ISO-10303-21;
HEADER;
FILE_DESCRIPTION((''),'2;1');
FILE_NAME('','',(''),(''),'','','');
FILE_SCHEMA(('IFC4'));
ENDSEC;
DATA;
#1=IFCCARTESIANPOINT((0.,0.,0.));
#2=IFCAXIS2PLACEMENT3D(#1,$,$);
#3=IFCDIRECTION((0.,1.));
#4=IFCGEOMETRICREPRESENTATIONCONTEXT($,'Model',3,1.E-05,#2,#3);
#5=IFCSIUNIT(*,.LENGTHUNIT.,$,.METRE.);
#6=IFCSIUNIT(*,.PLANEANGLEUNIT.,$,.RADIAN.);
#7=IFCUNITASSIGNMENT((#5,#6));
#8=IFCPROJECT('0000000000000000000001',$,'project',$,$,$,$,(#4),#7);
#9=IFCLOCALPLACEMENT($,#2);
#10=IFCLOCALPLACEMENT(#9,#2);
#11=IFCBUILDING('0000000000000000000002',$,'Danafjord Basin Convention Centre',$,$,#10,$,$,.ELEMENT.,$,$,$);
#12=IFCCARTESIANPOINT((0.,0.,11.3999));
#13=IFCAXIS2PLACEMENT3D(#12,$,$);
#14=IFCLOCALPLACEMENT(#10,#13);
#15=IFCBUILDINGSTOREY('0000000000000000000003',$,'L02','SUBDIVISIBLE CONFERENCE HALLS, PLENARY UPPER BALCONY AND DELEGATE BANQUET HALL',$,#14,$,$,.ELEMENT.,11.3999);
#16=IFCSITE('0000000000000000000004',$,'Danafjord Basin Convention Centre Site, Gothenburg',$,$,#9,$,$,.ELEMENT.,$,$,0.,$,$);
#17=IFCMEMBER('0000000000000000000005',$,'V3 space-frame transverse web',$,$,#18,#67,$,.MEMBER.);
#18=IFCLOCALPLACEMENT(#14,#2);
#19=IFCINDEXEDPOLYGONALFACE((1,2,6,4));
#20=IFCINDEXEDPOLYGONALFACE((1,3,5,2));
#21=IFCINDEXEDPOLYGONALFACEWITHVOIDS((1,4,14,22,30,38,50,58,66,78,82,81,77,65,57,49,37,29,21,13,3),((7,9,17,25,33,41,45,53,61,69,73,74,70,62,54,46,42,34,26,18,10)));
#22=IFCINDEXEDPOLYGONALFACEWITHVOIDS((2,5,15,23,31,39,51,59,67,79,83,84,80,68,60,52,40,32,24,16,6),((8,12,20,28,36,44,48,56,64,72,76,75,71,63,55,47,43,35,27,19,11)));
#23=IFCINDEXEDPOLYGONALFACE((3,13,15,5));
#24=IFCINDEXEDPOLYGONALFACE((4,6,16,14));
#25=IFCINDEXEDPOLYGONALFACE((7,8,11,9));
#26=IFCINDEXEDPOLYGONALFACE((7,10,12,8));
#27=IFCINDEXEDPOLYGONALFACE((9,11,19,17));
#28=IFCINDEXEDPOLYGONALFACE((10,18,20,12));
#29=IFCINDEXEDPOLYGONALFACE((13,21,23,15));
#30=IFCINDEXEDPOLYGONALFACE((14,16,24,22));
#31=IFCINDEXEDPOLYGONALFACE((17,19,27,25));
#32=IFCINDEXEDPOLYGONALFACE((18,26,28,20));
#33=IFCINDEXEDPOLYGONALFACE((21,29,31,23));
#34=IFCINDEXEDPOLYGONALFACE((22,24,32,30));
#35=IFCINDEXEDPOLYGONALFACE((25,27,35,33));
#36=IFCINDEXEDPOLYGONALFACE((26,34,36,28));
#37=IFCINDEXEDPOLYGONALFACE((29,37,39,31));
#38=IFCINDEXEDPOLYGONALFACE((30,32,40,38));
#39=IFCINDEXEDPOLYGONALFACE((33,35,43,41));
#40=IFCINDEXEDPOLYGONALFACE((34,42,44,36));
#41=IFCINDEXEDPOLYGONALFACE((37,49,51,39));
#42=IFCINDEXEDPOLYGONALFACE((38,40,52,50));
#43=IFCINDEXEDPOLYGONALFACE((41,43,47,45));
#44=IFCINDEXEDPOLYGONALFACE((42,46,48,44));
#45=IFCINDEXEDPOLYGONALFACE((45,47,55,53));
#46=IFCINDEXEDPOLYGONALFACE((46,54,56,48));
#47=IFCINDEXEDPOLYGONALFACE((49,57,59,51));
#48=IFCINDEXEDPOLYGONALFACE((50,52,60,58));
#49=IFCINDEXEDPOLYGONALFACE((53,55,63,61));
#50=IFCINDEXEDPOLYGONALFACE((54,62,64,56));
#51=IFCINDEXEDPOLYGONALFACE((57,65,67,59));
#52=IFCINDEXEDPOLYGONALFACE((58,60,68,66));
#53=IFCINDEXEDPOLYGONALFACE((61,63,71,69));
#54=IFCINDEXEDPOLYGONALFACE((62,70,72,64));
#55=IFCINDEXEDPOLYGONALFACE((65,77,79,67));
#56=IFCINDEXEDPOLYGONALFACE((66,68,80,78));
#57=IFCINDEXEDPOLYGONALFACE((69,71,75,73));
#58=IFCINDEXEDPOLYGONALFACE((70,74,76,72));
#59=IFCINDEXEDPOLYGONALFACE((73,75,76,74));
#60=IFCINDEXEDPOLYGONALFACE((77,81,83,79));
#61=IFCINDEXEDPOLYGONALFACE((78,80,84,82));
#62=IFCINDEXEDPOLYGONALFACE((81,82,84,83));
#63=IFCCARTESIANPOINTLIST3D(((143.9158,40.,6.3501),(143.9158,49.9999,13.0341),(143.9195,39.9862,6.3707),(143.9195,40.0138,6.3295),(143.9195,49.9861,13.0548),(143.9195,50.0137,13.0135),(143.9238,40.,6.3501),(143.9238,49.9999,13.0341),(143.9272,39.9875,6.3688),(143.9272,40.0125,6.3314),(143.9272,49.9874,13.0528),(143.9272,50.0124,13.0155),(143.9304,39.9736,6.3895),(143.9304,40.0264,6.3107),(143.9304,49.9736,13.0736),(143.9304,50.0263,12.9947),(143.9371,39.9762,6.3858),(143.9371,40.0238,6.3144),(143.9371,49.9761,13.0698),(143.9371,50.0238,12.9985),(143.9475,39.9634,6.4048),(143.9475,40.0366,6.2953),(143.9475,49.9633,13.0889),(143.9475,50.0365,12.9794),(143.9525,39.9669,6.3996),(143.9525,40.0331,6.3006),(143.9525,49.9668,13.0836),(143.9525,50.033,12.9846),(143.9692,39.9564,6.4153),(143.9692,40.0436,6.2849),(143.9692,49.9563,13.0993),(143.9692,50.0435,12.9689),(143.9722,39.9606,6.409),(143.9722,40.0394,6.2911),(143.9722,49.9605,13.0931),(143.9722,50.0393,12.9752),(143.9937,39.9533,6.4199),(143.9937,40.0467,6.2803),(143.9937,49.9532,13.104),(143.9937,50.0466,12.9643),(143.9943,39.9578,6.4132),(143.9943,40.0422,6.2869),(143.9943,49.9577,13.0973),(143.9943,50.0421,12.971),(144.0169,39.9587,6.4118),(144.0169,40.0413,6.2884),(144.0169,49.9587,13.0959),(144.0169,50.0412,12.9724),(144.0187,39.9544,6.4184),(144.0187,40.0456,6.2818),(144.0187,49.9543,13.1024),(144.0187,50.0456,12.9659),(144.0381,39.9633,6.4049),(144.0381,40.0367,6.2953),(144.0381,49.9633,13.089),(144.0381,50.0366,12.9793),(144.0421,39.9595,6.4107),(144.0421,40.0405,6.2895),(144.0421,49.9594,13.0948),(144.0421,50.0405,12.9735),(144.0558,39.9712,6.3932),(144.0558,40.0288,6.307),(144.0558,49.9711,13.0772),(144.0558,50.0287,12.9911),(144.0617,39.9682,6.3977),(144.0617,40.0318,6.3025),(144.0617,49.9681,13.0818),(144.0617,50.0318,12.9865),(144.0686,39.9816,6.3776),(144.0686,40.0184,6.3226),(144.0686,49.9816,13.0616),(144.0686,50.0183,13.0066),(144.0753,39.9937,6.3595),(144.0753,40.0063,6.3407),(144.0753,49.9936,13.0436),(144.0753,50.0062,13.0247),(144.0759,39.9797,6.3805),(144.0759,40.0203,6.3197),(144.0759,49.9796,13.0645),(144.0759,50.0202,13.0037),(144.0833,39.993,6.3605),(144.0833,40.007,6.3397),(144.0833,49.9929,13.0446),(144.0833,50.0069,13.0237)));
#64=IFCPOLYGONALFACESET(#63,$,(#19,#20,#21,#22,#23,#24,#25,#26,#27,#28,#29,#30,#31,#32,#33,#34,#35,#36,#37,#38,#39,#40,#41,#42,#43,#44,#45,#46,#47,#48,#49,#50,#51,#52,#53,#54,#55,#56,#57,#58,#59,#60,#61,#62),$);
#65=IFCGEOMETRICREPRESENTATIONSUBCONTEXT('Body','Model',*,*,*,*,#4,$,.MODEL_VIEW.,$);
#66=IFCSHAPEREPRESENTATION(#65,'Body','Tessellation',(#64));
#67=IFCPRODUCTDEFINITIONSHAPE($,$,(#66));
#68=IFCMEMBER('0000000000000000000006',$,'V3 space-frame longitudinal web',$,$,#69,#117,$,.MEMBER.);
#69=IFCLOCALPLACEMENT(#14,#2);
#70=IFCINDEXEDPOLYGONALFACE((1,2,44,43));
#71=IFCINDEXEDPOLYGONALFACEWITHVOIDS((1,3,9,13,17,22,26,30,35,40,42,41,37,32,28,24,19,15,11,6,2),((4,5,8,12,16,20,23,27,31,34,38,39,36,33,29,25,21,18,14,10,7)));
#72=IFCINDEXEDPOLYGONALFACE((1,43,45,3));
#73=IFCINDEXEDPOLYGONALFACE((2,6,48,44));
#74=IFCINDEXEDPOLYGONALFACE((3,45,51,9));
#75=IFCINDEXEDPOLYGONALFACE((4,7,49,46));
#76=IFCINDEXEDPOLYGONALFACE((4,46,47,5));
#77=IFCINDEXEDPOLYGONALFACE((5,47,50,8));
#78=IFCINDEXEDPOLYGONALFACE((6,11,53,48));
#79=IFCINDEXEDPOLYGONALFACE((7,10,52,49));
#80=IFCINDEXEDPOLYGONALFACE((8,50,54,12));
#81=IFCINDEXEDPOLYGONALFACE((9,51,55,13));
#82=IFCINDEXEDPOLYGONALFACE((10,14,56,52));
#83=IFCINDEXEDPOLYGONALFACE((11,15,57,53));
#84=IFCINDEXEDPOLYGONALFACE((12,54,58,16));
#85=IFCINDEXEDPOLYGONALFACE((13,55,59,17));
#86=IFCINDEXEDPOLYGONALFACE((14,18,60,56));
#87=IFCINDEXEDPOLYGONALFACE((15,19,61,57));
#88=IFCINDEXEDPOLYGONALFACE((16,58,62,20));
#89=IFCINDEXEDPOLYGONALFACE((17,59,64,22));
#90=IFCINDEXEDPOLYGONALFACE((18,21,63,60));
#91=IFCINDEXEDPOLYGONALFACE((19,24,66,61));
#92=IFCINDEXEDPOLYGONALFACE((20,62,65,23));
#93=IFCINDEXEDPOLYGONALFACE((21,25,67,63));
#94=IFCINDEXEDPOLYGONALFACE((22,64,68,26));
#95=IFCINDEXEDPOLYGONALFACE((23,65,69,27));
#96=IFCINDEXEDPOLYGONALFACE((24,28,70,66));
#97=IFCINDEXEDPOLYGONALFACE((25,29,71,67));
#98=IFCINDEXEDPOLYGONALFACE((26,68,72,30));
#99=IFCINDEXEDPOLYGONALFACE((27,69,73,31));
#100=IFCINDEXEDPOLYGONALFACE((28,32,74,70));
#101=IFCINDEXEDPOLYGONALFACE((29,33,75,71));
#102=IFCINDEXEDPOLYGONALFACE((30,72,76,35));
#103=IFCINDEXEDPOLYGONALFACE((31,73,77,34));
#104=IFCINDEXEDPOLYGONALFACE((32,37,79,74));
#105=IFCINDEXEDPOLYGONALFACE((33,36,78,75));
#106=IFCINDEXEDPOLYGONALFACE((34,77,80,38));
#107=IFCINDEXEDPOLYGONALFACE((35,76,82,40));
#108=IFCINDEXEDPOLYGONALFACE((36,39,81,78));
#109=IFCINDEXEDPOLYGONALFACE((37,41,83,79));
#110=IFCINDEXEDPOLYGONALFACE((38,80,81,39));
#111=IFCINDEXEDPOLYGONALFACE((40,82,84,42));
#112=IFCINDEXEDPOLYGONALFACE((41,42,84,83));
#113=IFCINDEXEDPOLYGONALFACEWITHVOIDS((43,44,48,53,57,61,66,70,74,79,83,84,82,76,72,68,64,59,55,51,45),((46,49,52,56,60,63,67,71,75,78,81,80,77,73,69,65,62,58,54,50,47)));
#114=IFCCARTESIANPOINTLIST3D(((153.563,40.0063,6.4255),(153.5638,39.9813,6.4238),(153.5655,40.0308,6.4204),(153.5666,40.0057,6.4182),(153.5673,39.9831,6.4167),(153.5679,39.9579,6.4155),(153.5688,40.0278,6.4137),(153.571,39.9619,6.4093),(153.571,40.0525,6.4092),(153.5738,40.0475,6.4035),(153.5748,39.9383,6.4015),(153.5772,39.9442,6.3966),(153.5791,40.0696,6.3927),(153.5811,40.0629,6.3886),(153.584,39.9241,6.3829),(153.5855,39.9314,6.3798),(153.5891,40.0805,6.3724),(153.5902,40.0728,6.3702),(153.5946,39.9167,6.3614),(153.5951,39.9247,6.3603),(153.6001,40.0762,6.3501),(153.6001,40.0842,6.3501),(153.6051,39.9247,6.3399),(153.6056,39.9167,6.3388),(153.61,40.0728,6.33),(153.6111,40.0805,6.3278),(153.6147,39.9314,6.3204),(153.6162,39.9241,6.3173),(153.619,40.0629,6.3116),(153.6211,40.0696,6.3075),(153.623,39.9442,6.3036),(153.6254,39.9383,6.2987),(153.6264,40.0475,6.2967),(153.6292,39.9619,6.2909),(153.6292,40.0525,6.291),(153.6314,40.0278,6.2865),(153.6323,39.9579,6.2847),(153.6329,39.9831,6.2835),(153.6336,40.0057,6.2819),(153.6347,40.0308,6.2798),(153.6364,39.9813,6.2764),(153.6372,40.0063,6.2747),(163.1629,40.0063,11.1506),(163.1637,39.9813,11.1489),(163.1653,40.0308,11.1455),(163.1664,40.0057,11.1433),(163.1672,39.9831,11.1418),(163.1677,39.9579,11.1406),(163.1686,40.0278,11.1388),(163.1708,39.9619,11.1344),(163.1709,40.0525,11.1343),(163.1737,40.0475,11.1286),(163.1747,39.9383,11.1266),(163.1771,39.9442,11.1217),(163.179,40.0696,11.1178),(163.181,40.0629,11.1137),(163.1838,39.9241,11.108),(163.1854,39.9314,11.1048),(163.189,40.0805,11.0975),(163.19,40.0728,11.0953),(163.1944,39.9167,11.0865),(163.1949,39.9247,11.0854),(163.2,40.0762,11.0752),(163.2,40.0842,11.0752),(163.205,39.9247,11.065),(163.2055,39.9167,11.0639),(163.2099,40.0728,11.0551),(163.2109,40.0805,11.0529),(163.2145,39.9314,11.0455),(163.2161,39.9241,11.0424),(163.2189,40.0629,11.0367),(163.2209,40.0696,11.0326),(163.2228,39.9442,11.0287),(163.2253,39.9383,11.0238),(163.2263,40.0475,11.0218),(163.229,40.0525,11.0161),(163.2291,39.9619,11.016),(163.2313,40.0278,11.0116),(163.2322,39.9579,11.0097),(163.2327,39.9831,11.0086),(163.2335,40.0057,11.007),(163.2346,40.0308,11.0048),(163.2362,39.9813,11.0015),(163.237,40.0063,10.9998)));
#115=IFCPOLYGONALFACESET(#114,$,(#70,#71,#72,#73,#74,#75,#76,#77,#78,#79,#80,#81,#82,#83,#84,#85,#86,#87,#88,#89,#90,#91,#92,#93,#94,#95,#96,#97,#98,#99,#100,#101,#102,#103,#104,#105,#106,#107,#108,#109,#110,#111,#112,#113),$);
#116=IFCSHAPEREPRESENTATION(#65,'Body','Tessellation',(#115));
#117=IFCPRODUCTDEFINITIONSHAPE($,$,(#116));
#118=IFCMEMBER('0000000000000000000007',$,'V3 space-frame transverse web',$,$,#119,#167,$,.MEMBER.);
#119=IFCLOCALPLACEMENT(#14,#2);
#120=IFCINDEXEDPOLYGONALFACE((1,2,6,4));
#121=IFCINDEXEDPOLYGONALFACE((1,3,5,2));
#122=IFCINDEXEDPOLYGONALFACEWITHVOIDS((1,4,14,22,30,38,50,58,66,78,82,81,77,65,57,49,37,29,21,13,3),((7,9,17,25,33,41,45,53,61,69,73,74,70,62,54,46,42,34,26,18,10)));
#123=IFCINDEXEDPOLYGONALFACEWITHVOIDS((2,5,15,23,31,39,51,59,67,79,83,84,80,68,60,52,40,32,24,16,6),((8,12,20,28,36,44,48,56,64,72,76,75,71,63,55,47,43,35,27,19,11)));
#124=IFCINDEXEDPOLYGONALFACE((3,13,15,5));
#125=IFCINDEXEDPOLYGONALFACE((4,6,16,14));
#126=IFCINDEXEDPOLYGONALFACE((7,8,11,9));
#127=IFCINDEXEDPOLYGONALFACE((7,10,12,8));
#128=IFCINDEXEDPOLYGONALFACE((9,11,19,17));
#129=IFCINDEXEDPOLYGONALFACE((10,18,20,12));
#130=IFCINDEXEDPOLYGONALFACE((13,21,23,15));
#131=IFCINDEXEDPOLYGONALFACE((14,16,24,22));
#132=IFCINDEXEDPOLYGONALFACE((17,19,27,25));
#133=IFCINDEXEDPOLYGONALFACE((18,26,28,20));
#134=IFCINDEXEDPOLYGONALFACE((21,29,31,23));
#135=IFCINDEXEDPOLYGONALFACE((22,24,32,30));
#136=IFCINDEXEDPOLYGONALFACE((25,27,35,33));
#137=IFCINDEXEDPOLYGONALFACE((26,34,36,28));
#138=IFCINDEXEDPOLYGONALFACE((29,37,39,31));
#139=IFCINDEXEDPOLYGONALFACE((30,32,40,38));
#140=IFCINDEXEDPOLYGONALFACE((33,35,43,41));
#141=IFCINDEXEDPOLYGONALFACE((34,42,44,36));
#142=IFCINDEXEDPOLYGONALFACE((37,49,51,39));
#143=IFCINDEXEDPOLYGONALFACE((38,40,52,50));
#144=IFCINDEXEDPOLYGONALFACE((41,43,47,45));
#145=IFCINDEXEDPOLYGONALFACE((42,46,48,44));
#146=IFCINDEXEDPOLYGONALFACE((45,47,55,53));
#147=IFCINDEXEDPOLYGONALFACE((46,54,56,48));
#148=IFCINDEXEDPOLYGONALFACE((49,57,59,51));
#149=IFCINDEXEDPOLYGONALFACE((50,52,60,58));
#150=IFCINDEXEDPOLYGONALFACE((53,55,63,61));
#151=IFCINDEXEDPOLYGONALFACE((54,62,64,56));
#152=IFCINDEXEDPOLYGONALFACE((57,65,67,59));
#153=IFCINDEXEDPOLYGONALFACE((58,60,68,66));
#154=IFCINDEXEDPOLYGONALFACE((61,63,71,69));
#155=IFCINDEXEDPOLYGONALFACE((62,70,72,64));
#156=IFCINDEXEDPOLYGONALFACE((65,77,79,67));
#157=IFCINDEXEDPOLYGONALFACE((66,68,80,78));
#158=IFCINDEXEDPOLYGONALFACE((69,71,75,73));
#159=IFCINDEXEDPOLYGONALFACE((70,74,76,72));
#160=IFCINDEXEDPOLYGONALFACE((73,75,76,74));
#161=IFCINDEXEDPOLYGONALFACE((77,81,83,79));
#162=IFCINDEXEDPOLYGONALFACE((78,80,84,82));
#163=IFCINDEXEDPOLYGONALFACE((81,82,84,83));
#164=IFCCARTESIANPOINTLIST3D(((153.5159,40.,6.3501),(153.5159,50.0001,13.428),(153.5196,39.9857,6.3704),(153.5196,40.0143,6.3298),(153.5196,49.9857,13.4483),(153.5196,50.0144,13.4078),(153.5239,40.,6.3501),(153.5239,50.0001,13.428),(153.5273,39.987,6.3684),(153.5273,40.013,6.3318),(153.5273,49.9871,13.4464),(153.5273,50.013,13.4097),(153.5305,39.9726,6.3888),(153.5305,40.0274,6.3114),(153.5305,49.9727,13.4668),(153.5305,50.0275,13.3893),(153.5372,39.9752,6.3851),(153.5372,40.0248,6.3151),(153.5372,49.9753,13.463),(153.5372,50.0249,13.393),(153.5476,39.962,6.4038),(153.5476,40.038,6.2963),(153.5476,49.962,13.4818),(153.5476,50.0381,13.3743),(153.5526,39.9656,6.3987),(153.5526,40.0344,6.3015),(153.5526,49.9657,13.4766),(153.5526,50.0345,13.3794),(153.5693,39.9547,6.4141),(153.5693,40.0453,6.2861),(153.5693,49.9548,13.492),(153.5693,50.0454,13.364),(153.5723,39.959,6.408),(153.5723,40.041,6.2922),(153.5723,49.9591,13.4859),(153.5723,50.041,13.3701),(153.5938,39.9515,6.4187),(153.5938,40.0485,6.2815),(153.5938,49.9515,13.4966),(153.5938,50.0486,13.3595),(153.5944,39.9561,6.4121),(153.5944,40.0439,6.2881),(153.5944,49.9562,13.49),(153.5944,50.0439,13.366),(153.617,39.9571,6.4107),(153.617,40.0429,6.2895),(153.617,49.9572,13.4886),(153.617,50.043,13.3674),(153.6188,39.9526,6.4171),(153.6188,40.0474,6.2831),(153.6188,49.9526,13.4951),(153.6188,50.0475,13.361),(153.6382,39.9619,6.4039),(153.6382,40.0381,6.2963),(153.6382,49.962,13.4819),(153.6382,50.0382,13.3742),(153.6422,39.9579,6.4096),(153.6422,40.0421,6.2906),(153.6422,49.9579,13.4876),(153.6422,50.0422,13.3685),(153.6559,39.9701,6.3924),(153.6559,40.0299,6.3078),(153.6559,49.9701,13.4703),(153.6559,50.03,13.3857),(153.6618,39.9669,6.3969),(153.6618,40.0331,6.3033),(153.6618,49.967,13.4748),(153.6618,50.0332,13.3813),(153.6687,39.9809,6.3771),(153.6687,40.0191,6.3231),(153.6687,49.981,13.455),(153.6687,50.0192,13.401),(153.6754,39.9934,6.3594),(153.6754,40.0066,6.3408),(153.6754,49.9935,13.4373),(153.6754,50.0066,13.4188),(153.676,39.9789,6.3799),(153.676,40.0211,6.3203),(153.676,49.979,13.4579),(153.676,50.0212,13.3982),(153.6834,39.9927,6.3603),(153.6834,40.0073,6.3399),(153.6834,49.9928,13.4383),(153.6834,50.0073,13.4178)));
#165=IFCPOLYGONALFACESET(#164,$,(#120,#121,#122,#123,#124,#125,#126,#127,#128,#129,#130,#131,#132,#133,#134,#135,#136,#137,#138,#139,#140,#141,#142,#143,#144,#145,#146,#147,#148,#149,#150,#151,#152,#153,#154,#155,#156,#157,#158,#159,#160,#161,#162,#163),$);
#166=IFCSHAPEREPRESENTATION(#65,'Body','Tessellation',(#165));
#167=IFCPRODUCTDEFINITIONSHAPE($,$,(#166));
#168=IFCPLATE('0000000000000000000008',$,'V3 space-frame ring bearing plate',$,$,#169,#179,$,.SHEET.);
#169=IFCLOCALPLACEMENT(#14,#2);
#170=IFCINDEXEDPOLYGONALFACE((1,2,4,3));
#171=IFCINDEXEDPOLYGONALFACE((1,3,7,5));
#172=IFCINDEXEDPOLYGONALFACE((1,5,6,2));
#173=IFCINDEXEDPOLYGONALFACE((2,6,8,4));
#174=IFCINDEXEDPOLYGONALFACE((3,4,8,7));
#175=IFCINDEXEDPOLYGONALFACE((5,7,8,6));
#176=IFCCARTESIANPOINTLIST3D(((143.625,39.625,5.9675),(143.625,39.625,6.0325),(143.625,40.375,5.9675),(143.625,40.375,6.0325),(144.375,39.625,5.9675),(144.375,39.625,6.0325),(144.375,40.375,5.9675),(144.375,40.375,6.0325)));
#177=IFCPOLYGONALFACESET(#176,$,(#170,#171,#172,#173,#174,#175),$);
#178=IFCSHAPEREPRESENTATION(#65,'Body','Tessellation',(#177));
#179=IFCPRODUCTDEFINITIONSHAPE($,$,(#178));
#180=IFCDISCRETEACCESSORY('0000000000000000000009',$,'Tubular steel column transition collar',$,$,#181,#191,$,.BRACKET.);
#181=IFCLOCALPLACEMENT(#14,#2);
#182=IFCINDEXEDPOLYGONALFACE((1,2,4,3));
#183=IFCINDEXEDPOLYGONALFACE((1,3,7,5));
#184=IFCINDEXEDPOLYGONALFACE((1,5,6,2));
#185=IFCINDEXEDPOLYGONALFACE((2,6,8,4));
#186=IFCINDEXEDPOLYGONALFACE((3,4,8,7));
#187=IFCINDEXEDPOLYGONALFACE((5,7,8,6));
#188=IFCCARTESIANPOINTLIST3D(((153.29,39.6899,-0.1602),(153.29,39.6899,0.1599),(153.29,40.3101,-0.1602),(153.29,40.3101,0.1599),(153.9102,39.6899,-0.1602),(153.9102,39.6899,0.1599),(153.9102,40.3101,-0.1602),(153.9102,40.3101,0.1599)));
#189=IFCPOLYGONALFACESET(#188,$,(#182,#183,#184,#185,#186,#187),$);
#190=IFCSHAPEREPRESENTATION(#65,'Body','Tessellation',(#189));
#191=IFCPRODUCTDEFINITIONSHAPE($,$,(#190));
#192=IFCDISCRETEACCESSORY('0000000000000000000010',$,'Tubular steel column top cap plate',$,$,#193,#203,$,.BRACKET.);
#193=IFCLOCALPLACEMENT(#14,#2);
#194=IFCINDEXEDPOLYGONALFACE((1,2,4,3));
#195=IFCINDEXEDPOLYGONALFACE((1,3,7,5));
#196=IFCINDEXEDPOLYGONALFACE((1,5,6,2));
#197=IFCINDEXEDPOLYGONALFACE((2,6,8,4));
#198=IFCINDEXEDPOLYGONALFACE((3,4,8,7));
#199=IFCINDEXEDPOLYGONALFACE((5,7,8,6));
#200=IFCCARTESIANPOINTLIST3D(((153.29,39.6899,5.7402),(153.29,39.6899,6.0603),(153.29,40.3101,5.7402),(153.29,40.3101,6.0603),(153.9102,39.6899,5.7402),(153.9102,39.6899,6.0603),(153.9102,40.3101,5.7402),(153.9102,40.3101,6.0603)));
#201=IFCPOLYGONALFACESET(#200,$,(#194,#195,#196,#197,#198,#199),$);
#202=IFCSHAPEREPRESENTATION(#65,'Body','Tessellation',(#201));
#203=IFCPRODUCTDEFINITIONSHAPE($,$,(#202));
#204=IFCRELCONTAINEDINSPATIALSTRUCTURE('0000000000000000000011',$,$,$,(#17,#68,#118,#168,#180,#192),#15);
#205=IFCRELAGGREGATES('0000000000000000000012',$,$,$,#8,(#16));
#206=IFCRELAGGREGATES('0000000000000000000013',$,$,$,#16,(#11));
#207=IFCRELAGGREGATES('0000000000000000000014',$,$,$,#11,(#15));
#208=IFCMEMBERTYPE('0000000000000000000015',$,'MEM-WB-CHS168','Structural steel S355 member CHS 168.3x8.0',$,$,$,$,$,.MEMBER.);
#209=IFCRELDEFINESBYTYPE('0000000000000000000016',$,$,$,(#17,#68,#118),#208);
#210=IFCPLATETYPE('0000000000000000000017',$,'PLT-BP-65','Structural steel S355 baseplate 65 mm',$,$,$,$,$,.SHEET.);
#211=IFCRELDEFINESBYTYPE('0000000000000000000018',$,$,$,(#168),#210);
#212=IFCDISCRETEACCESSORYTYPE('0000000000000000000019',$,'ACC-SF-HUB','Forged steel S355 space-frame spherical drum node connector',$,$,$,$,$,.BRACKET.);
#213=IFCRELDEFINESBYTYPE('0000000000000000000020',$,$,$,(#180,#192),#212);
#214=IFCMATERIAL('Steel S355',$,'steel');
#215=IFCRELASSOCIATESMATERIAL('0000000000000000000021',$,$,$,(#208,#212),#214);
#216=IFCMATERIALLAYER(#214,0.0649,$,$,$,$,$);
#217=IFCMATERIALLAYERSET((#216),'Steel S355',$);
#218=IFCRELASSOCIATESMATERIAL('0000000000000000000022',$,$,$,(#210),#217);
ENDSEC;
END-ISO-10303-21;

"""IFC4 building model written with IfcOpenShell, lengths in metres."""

from ifc_helpers import new_model, si_unit, direction, frame, origin, origin_2d, place, context, subcontext, project, spatial, rectangle, hollow_circle, extrude, material, layer, layer_set, material_profile, profile_set, type_object, element, save


model = new_model("IFC4")

# Units and contexts
model_context = context("Model", 3, precision=1e-05, world=origin(), true_north=direction((0.0, 1.0)))
body_context = subcontext(model_context, "Body", "Model", "MODEL_VIEW")
ifc_project = project(units=[si_unit("LENGTHUNIT", "METRE"), si_unit("PLANEANGLEUNIT", "RADIAN")], contexts=[model_context])

# Site, building, storey
site_placement = place(None, origin())
site = spatial("IfcSite", under=ifc_project, at=site_placement, Name="Danafjord Basin Convention Centre Site, Gothenburg", CompositionType="ELEMENT", RefElevation=0.0)
building_placement = place(site_placement, origin())
building = spatial("IfcBuilding", under=site, at=building_placement, Name="Danafjord Basin Convention Centre", CompositionType="ELEMENT")
storey_placement = place(building_placement, frame((0.0, 0.0, 11.3999)))
storey = spatial("IfcBuildingStorey", under=building, at=storey_placement, Name="L02", Description="SUBDIVISIBLE CONFERENCE HALLS, PLENARY UPPER BALCONY AND DELEGATE BANQUET HALL", CompositionType="ELEMENT", Elevation=11.3999)

# Shared definitions
ifc_material_1 = material(Name="Steel S355", Category="steel")

# Members
ifc_material_profile_1 = material_profile(ifc_material_1, hollow_circle(Radius=0.0842, WallThickness=0.0081, at=origin_2d()), Name="CHS 168.3x8.0")
ifc_profile_set_1 = profile_set([ifc_material_profile_1], Name="Steel S355")
member_type_1 = type_object("IfcMemberType", Name="MEM-WB-CHS168", Description="Structural steel S355 member CHS 168.3x8.0", PredefinedType="MEMBER", material=ifc_profile_set_1)
member_1_placement = place(storey_placement, frame((144.0, 40.0, 6.3501), z_axis=(0.0, 0.831381, 0.555702), x_axis=(-1.0, 0.0, 0.0)))
element("IfcMember", 1, at=member_1_placement, inside=storey, type_object=member_type_1, Name="V3 space-frame transverse web", PredefinedType="MEMBER", context=body_context, shape_type="SweptSolid", body=[
    extrude(hollow_circle(Radius=0.0842, WallThickness=0.0081, at=origin_2d()), origin(), (0.0, 0.0, 1.0), 12.0281),
])
member_2_placement = place(storey_placement, frame((153.6001, 40.0, 6.3501), z_axis=(0.897207, 0.0, 0.44161), x_axis=(0.0, 1.0, 0.0)))
element("IfcMember", 2, at=member_2_placement, inside=storey, type_object=member_type_1, Name="V3 space-frame longitudinal web", PredefinedType="MEMBER", context=body_context, shape_type="SweptSolid", body=[
    extrude(hollow_circle(Radius=0.0842, WallThickness=0.0081, at=origin_2d()), origin(), (0.0, 0.0, 1.0), 10.6997),
])
member_3_placement = place(storey_placement, frame((153.6001, 40.0, 6.3501), z_axis=(0.0, 0.816234, 0.577721), x_axis=(-1.0, 0.0, 0.0)))
element("IfcMember", 3, at=member_3_placement, inside=storey, type_object=member_type_1, Name="V3 space-frame transverse web", PredefinedType="MEMBER", context=body_context, shape_type="SweptSolid", body=[
    extrude(hollow_circle(Radius=0.0842, WallThickness=0.0081, at=origin_2d()), origin(), (0.0, 0.0, 1.0), 12.2515),
])

# Plate
ifc_layer = layer(ifc_material_1, 0.0649)
ifc_layer_set = layer_set([ifc_layer], Name="Steel S355")
plate_type = type_object("IfcPlateType", Name="PLT-BP-65", Description="Structural steel S355 baseplate 65 mm", PredefinedType="SHEET", material=ifc_layer_set)
plate_placement = place(storey_placement, frame((144.0, 40.0, 5.9675), z_axis=(0.0, 0.0, 1.0), x_axis=(1.0, 0.0, 0.0)))
element("IfcPlate", 4, at=plate_placement, inside=storey, type_object=plate_type, Name="V3 space-frame ring bearing plate", PredefinedType="SHEET", context=body_context, shape_type="SweptSolid", body=[
    extrude(rectangle(XDim=0.75, YDim=0.75, at=origin_2d()), origin(), (0.0, 0.0, 1.0), 0.0649),
])

# Discrete accessories
discrete_accessory_type = type_object("IfcDiscreteAccessoryType", Name="ACC-SF-HUB", Description="Forged steel S355 space-frame spherical drum node connector", PredefinedType="BRACKET", material=ifc_material_1)
for number, where, z_axis, x_axis, name in (
    (5, (153.6001, 40.0, -0.1602), (0.0, 0.0, 1.0), (1.0, 0.0, 0.0), "Tubular steel column transition collar"),
    (6, (153.6001, 40.0, 5.7402), (0.0, 0.0, 1.0), (1.0, 0.0, 0.0), "Tubular steel column top cap plate"),
):
    element("IfcDiscreteAccessory", number, at=place(storey_placement, frame(where, z_axis=z_axis, x_axis=x_axis)), inside=storey, type_object=discrete_accessory_type, Name=name, PredefinedType="BRACKET", context=body_context, shape_type="SweptSolid", body=[
        extrude(rectangle(XDim=0.6201, YDim=0.6201, at=origin_2d()), origin(), (0.0, 0.0, 1.0), 0.3201),
    ])

save(model, "model.ifc")
